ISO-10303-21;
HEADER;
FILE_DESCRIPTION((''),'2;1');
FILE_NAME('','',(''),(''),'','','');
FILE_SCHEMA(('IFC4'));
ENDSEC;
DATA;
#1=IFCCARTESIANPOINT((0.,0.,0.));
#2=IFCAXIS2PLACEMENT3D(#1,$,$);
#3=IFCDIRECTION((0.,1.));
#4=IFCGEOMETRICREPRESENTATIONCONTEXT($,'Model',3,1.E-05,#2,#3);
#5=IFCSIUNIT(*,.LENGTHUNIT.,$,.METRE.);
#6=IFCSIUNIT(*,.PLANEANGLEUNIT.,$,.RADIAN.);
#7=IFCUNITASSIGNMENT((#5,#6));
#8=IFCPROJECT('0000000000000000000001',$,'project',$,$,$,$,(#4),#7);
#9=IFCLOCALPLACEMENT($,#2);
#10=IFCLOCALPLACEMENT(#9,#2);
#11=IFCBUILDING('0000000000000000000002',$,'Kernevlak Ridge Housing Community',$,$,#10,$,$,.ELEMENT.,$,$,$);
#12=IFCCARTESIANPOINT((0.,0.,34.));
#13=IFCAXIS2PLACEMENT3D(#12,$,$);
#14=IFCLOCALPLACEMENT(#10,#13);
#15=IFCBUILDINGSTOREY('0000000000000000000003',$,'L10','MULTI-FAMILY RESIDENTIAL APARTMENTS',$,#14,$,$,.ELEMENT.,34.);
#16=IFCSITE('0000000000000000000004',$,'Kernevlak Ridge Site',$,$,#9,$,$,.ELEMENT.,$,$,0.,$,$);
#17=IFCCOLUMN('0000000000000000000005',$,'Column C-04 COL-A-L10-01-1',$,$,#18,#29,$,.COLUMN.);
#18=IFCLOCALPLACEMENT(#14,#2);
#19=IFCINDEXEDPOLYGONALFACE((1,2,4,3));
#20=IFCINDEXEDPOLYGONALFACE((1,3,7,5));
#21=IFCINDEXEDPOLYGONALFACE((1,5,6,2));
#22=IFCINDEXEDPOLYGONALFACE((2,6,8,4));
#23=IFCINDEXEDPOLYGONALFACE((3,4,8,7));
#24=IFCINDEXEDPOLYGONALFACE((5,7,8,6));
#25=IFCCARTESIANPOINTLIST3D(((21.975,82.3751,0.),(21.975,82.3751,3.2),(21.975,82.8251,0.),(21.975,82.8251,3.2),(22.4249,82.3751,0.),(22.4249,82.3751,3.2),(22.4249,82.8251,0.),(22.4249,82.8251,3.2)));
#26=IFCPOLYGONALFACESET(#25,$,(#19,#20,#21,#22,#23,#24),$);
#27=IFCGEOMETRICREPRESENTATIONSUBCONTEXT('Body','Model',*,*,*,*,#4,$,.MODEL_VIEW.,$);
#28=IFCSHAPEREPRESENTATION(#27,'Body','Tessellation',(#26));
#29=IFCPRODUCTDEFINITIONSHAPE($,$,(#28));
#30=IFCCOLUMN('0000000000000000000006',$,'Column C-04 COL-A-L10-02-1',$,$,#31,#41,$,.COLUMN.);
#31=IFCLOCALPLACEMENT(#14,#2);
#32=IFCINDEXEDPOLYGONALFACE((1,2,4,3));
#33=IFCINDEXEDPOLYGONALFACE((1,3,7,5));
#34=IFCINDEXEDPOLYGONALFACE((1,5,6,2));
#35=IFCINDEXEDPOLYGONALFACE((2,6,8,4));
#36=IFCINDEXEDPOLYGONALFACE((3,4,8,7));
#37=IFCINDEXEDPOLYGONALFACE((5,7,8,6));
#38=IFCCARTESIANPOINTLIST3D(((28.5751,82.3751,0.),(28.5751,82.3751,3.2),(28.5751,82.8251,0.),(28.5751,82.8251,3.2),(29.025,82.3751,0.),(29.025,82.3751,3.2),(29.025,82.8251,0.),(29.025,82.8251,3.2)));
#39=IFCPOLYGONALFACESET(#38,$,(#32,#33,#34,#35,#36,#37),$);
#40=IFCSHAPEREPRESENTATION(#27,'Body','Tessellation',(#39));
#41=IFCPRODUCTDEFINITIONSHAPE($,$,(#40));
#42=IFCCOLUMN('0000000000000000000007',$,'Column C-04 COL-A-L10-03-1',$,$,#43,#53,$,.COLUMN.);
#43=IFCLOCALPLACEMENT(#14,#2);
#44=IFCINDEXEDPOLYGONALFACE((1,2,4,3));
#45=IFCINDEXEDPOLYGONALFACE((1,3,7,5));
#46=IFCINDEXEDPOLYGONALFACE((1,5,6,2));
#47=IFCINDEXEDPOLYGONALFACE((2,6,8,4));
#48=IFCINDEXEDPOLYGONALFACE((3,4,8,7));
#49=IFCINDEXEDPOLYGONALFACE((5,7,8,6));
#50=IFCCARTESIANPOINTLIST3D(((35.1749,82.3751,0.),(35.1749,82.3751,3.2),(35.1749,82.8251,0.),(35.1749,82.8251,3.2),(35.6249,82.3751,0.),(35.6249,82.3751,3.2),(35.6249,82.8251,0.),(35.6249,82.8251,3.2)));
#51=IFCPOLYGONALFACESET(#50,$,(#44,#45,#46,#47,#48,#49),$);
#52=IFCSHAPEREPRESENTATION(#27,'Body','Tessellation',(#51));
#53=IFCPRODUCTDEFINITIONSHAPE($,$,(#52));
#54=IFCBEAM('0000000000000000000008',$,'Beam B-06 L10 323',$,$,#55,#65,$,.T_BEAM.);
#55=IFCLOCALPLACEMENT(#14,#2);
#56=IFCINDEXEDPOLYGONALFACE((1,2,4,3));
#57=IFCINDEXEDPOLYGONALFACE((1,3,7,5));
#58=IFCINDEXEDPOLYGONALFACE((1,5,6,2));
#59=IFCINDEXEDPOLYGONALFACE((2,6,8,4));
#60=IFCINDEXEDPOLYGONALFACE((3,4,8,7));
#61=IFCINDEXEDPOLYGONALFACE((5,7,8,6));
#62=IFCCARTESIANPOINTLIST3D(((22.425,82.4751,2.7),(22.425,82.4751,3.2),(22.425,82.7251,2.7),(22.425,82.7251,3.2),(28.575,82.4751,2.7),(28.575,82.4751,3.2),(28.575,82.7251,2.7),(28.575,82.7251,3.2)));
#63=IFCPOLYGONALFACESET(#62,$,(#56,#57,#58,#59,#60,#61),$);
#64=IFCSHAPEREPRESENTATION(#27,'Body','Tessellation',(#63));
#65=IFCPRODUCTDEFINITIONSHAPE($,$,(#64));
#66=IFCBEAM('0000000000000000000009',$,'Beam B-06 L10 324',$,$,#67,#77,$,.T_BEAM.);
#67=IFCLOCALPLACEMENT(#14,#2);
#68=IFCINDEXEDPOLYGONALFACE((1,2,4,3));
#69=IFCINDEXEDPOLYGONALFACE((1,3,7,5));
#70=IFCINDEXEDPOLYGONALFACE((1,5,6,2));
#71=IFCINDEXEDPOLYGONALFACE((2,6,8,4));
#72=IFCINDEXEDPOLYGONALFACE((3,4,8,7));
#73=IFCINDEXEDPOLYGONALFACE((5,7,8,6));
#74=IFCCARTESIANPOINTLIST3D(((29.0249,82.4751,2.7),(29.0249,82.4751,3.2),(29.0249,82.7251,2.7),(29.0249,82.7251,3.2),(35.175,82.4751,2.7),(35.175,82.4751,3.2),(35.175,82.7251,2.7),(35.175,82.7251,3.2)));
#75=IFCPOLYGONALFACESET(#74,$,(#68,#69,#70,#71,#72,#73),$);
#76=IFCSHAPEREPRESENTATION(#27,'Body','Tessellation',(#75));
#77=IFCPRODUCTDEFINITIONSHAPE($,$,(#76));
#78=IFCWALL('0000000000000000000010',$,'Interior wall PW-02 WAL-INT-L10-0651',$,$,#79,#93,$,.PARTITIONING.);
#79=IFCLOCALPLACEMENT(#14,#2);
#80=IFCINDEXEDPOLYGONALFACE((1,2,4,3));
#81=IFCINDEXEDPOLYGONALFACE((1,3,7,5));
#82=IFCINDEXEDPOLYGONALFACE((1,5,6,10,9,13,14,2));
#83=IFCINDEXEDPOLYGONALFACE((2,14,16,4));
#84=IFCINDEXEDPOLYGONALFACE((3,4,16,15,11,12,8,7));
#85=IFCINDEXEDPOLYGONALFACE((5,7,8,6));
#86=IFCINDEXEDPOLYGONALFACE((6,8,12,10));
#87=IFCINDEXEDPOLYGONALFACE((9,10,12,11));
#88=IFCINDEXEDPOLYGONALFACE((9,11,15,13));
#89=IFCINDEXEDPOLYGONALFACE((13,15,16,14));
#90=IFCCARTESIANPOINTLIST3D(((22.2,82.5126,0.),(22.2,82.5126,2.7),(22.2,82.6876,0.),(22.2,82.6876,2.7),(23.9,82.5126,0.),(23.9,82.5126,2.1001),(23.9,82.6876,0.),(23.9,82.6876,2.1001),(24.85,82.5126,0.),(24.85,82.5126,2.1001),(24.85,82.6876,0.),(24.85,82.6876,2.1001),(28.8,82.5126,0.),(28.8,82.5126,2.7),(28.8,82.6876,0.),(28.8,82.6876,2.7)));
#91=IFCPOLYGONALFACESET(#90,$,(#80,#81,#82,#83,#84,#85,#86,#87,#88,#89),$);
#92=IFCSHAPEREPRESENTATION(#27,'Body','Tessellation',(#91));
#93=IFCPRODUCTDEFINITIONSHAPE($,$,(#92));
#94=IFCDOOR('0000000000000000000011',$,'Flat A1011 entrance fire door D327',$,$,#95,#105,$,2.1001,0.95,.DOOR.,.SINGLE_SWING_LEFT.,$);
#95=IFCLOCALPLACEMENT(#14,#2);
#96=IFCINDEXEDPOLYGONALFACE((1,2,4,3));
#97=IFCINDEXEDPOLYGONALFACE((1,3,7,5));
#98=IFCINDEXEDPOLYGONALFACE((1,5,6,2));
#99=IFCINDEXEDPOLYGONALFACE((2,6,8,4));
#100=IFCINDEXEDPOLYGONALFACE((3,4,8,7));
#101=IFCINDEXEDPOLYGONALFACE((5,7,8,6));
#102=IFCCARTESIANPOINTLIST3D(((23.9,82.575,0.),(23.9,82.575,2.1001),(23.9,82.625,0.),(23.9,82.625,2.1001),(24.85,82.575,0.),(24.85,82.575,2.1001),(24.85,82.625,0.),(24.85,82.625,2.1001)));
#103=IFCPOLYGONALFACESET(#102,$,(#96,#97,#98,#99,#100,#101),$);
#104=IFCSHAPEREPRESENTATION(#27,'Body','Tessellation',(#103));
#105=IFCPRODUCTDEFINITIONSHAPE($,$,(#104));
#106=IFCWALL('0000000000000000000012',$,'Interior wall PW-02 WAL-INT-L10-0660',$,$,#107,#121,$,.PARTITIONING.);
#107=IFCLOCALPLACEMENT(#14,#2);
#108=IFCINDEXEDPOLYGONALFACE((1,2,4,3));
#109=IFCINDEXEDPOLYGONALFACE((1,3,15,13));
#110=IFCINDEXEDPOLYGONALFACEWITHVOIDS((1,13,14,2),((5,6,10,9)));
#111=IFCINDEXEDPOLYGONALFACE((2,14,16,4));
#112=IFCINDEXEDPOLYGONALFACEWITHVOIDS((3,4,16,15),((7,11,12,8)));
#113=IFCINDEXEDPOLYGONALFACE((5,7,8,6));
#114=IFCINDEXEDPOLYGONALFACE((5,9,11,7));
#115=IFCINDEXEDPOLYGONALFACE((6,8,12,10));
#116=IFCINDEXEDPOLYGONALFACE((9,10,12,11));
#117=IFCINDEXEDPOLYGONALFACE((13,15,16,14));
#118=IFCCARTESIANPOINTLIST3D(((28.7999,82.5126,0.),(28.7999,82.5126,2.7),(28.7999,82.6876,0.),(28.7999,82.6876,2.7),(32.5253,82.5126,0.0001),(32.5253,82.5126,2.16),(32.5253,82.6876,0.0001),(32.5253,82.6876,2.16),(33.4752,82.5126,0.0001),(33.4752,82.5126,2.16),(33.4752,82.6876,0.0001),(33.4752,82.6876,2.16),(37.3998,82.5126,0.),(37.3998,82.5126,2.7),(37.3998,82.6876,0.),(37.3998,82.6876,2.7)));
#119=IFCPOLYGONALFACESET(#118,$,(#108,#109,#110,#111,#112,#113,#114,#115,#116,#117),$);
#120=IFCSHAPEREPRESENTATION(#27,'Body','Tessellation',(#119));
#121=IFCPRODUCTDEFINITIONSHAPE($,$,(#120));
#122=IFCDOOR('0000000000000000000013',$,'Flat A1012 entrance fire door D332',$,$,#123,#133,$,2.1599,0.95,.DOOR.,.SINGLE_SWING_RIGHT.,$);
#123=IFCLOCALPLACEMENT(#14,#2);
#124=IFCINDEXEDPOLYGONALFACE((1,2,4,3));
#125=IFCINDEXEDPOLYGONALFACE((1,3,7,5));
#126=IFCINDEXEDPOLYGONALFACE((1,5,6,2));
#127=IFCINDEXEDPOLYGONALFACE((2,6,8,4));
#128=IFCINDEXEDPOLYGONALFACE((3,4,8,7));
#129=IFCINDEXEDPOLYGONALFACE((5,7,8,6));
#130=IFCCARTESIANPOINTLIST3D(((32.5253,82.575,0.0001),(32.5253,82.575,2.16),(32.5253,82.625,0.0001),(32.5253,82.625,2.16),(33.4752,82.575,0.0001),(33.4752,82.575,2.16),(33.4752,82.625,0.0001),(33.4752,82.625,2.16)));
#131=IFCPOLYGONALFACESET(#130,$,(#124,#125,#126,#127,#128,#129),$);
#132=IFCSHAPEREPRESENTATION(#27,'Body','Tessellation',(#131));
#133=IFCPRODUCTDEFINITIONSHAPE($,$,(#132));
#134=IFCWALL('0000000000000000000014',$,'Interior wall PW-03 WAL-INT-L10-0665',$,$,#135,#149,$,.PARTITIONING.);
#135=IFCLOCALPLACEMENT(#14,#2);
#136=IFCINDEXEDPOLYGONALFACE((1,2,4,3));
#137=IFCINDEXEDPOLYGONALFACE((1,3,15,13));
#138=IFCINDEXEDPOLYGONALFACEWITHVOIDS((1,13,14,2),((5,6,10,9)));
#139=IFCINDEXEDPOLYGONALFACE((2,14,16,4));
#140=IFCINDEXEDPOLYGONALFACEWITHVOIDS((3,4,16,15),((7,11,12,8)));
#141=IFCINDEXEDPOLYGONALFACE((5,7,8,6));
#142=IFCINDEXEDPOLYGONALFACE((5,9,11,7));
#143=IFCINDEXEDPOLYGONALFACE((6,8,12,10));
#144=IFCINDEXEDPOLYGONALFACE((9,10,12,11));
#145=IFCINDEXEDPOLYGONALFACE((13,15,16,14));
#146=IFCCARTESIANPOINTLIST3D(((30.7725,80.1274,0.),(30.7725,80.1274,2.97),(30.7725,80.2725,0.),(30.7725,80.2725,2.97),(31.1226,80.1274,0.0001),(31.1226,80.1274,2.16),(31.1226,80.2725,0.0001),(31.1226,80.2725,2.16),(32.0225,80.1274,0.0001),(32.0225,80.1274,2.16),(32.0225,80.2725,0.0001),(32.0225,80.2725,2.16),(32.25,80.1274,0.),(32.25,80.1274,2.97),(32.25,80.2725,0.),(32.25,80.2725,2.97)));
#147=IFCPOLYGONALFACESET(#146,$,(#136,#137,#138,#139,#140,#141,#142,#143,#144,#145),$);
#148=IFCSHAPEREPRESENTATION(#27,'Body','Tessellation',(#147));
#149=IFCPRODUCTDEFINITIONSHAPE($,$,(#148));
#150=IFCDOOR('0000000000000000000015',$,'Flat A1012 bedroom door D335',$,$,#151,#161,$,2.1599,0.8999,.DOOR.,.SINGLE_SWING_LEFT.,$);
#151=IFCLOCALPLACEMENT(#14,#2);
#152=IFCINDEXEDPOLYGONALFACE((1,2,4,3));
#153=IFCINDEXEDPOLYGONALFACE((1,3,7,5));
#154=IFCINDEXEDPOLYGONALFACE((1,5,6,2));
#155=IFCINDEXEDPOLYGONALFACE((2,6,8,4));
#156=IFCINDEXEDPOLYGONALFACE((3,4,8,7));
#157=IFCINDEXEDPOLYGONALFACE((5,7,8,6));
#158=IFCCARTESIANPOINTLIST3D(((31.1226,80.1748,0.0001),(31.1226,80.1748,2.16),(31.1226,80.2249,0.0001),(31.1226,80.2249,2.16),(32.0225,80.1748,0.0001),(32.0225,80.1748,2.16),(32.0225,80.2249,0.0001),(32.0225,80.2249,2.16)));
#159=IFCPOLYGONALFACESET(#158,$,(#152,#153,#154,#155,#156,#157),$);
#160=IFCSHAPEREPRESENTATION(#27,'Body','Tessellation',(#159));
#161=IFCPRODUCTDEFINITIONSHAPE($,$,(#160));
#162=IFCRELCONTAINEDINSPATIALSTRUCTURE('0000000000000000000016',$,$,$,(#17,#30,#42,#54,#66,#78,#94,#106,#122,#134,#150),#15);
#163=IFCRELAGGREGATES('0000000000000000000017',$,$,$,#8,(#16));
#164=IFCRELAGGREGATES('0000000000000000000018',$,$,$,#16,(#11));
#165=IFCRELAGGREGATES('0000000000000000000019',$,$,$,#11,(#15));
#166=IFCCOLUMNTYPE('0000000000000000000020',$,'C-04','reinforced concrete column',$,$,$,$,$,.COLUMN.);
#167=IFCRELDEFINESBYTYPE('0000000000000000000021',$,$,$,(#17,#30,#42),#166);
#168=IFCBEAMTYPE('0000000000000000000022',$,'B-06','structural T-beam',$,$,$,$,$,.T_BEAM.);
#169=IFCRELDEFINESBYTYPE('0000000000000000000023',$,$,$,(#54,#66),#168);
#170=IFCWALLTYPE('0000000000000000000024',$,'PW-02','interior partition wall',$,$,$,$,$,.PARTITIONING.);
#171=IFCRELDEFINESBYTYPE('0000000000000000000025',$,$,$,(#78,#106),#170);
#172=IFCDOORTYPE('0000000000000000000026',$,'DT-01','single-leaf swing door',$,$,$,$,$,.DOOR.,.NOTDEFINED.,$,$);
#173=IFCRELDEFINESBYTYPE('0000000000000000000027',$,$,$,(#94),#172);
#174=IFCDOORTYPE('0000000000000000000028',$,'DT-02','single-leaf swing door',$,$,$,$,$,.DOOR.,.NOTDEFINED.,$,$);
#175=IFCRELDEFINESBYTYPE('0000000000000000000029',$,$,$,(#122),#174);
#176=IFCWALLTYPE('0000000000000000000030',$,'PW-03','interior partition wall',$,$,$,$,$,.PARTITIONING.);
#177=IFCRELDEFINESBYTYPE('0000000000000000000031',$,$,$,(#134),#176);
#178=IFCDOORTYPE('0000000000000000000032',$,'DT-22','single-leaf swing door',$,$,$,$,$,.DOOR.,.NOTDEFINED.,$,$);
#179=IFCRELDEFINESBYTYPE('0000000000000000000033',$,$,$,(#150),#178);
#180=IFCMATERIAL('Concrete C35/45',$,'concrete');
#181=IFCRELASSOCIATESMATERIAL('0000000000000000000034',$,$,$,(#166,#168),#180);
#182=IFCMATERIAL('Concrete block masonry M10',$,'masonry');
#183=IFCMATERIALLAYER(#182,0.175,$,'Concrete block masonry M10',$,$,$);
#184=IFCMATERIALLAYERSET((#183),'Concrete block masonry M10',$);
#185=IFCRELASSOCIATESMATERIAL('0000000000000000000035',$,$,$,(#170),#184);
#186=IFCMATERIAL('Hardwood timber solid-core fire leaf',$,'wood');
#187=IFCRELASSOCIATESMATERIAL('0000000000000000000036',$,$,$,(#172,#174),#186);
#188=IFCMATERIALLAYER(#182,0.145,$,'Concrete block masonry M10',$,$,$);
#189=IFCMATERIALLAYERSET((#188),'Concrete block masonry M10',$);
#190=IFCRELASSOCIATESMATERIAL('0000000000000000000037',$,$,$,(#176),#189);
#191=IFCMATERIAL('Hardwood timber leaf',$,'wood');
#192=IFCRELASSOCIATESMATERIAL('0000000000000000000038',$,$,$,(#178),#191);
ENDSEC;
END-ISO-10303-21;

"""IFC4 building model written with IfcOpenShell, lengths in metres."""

from ifc_helpers import new_model, si_unit, direction, frame, frame_2d, origin, origin_2d, place, context, subcontext, project, spatial, rectangle, extrude, material, layer, layer_set, material_profile, profile_set, type_object, element, fill, save


model = new_model("IFC4")

# Units and contexts
model_context = context("Model", 3, precision=1e-05, world=origin(), true_north=direction((0.0, 1.0)))
body_context = subcontext(model_context, "Body", "Model", "MODEL_VIEW")
ifc_project = project(units=[si_unit("LENGTHUNIT", "METRE"), si_unit("PLANEANGLEUNIT", "RADIAN")], contexts=[model_context])

# Site, building, storey
site_placement = place(None, origin())
site = spatial("IfcSite", under=ifc_project, at=site_placement, Name="Kernevlak Ridge Site", CompositionType="ELEMENT", RefElevation=0.0)
building_placement = place(site_placement, origin())
building = spatial("IfcBuilding", under=site, at=building_placement, Name="Kernevlak Ridge Housing Community", CompositionType="ELEMENT")
storey_placement = place(building_placement, frame((0.0, 0.0, 34.0)))
storey = spatial("IfcBuildingStorey", under=building, at=storey_placement, Name="L10", Description="MULTI-FAMILY RESIDENTIAL APARTMENTS", CompositionType="ELEMENT", Elevation=34.0)

# Columns
ifc_material_1 = material(Name="Concrete C35/45", Category="concrete")
ifc_material_profile_1 = material_profile(ifc_material_1, rectangle(XDim=0.45, YDim=0.45, at=origin_2d()), Name="RC 450x450")
ifc_profile_set_1 = profile_set([ifc_material_profile_1], Name="Concrete C35/45")
column_type = type_object("IfcColumnType", Name="C-04", Description="reinforced concrete column", PredefinedType="COLUMN", material=ifc_profile_set_1)
for number, where, z_axis, x_axis, name in (
    (1, (22.2, 82.6001, 0.0), (0.0, 0.0, 1.0), (1.0, 0.0, 0.0), "Column C-04 COL-A-L10-01-1"),
    (2, (28.8, 82.6001, 0.0), (0.0, 0.0, 1.0), (1.0, 0.0, 0.0), "Column C-04 COL-A-L10-02-1"),
    (3, (35.3999, 82.6001, 0.0), (0.0, 0.0, 1.0), (1.0, 0.0, 0.0), "Column C-04 COL-A-L10-03-1"),
):
    element("IfcColumn", number, at=place(storey_placement, frame(where, z_axis=z_axis, x_axis=x_axis)), inside=storey, type_object=column_type, Name=name, PredefinedType="COLUMN", context=body_context, shape_type="SweptSolid", body=[
        extrude(rectangle(XDim=0.45, YDim=0.45, at=origin_2d()), origin(), (0.0, 0.0, 1.0), 3.2),
    ])

# Beams
ifc_material_profile_2 = material_profile(ifc_material_1, rectangle(XDim=0.25, YDim=0.5, at=origin_2d()), Name="RC 250x500")
ifc_profile_set_2 = profile_set([ifc_material_profile_2], Name="Concrete C35/45")
beam_type = type_object("IfcBeamType", Name="B-06", Description="structural T-beam", PredefinedType="T_BEAM", material=ifc_profile_set_2)
beam_1_placement = place(storey_placement, frame((22.425, 82.6001, 2.95), z_axis=(1.0, 0.0, 0.0), x_axis=(0.0, 1.0, 0.0)))
element("IfcBeam", 4, at=beam_1_placement, inside=storey, type_object=beam_type, Name="Beam B-06 L10 323", PredefinedType="T_BEAM", context=body_context, shape_type="SweptSolid", body=[
    extrude(rectangle(XDim=0.25, YDim=0.5, at=origin_2d()), origin(), (0.0, 0.0, 1.0), 6.1499),
])
beam_2_placement = place(storey_placement, frame((29.0249, 82.6001, 2.95), z_axis=(1.0, 0.0, 0.0), x_axis=(0.0, 1.0, 0.0)))
element("IfcBeam", 5, at=beam_2_placement, inside=storey, type_object=beam_type, Name="Beam B-06 L10 324", PredefinedType="T_BEAM", context=body_context, shape_type="SweptSolid", body=[
    extrude(rectangle(XDim=0.25, YDim=0.5, at=origin_2d()), origin(), (0.0, 0.0, 1.0), 6.1501),
])

# Walls, openings, doors
ifc_material_2 = material(Name="Concrete block masonry M10", Category="masonry")
ifc_layer_1 = layer(ifc_material_2, 0.175, Name="Concrete block masonry M10")
ifc_layer_set_1 = layer_set([ifc_layer_1], Name="Concrete block masonry M10")
wall_type_1 = type_object("IfcWallType", Name="PW-02", Description="interior partition wall", PredefinedType="PARTITIONING", material=ifc_layer_set_1)
wall_1_placement = place(storey_placement, frame((22.2, 82.6001, 0.0), z_axis=(0.0, 0.0, 1.0), x_axis=(1.0, 0.0, 0.0)))
wall_1 = element("IfcWall", 6, at=wall_1_placement, inside=storey, type_object=wall_type_1, Name="Interior wall PW-02 WAL-INT-L10-0651", PredefinedType="PARTITIONING", context=body_context, shape_type="SweptSolid", body=[
    extrude(rectangle(XDim=6.6001, YDim=0.175, at=frame_2d((3.3, 0.0))), origin(), (0.0, 0.0, 1.0), 2.7),
])
opening_1_placement = place(wall_1_placement, frame((1.7, 0.0, 0.0)))
opening_1 = element("IfcOpeningElement", 7, at=opening_1_placement, cuts=wall_1, PredefinedType="OPENING", context=body_context, shape_type="SweptSolid", body=[
    extrude(rectangle(XDim=0.95, YDim=2.1001, at=frame_2d((0.4751, 1.05))), frame((0.0, 0.0974, 0.0), z_axis=(0.0, -1.0, 0.0), x_axis=(1.0, 0.0, 0.0)), (0.0, 0.0, 1.0), 0.1951),
])
ifc_material_3 = material(Name="Hardwood timber solid-core fire leaf", Category="wood")
door_type_1 = type_object("IfcDoorType", Name="DT-01", Description="single-leaf swing door", OperationType="NOTDEFINED", PredefinedType="DOOR", material=ifc_material_3)
door_1_placement = place(opening_1_placement, origin())
door_1 = element("IfcDoor", 8, at=door_1_placement, inside=storey, type_object=door_type_1, Name="Flat A1011 entrance fire door D327", OperationType="SINGLE_SWING_LEFT", OverallHeight=2.1001, OverallWidth=0.95, PredefinedType="DOOR", context=body_context, shape_type="SweptSolid", body=[
    extrude(rectangle(XDim=0.95, YDim=2.1001, at=frame_2d((0.4751, 1.05))), frame((0.0, 0.0249, 0.0), z_axis=(0.0, -1.0, 0.0), x_axis=(1.0, 0.0, 0.0)), (0.0, 0.0, 1.0), 0.05),
])
fill(opening_1, door_1)
wall_2_placement = place(storey_placement, frame((28.8, 82.6001, 0.0), z_axis=(0.0, 0.0, 1.0), x_axis=(1.0, 0.0, 0.0)))
wall_2 = element("IfcWall", 9, at=wall_2_placement, inside=storey, type_object=wall_type_1, Name="Interior wall PW-02 WAL-INT-L10-0660", PredefinedType="PARTITIONING", context=body_context, shape_type="SweptSolid", body=[
    extrude(rectangle(XDim=8.5999, YDim=0.175, at=frame_2d((4.2998, 0.0))), origin(), (0.0, 0.0, 1.0), 2.7),
])
opening_2_placement = place(wall_2_placement, frame((3.7251, 0.0, 0.0)))
opening_2 = element("IfcOpeningElement", 10, at=opening_2_placement, cuts=wall_2, PredefinedType="OPENING", context=body_context, shape_type="SweptSolid", body=[
    extrude(rectangle(XDim=0.95, YDim=2.1599, at=frame_2d((0.4751, 1.0801))), frame((0.0, 0.0974, 0.0), z_axis=(0.0, -1.0, 0.0), x_axis=(1.0, 0.0, 0.0)), (0.0, 0.0, 1.0), 0.1951),
])
door_type_2 = type_object("IfcDoorType", Name="DT-02", Description="single-leaf swing door", OperationType="NOTDEFINED", PredefinedType="DOOR", material=ifc_material_3)
door_2_placement = place(opening_2_placement, origin())
door_2 = element("IfcDoor", 11, at=door_2_placement, inside=storey, type_object=door_type_2, Name="Flat A1012 entrance fire door D332", OperationType="SINGLE_SWING_RIGHT", OverallHeight=2.1599, OverallWidth=0.95, PredefinedType="DOOR", context=body_context, shape_type="SweptSolid", body=[
    extrude(rectangle(XDim=0.95, YDim=2.1599, at=frame_2d((0.4751, 1.0801))), frame((0.0, 0.0249, 0.0), z_axis=(0.0, -1.0, 0.0), x_axis=(1.0, 0.0, 0.0)), (0.0, 0.0, 1.0), 0.05),
])
fill(opening_2, door_2)
ifc_layer_2 = layer(ifc_material_2, 0.145, Name="Concrete block masonry M10")
ifc_layer_set_2 = layer_set([ifc_layer_2], Name="Concrete block masonry M10")
wall_type_2 = type_object("IfcWallType", Name="PW-03", Description="interior partition wall", PredefinedType="PARTITIONING", material=ifc_layer_set_2)
wall_3_placement = place(storey_placement, frame((30.7725, 80.2, 0.0), z_axis=(0.0, 0.0, 1.0), x_axis=(1.0, 0.0, 0.0)))
wall_3 = element("IfcWall", 12, at=wall_3_placement, inside=storey, type_object=wall_type_2, Name="Interior wall PW-03 WAL-INT-L10-0665", PredefinedType="PARTITIONING", context=body_context, shape_type="SweptSolid", body=[
    extrude(rectangle(XDim=1.4775, YDim=0.145, at=frame_2d((0.7388, 0.0))), origin(), (0.0, 0.0, 1.0), 2.97),
])
opening_3_placement = place(wall_3_placement, frame((0.3501, 0.0, 0.0)))
opening_3 = element("IfcOpeningElement", 13, at=opening_3_placement, cuts=wall_3, PredefinedType="OPENING", context=body_context, shape_type="SweptSolid", body=[
    extrude(rectangle(XDim=0.8999, YDim=2.1599, at=frame_2d((0.45, 1.0801))), frame((0.0, 0.0825, 0.0), z_axis=(0.0, -1.0, 0.0), x_axis=(1.0, 0.0, 0.0)), (0.0, 0.0, 1.0), 0.165),
])
ifc_material_4 = material(Name="Hardwood timber leaf", Category="wood")
door_type_3 = type_object("IfcDoorType", Name="DT-22", Description="single-leaf swing door", OperationType="NOTDEFINED", PredefinedType="DOOR", material=ifc_material_4)
door_3_placement = place(opening_3_placement, origin())
door_3 = element("IfcDoor", 14, at=door_3_placement, inside=storey, type_object=door_type_3, Name="Flat A1012 bedroom door D335", OperationType="SINGLE_SWING_LEFT", OverallHeight=2.1599, OverallWidth=0.8999, PredefinedType="DOOR", context=body_context, shape_type="SweptSolid", body=[
    extrude(rectangle(XDim=0.8999, YDim=2.1599, at=frame_2d((0.45, 1.0801))), frame((0.0, 0.0249, 0.0), z_axis=(0.0, -1.0, 0.0), x_axis=(1.0, 0.0, 0.0)), (0.0, 0.0, 1.0), 0.05),
])
fill(opening_3, door_3)

save(model, "model.ifc")
